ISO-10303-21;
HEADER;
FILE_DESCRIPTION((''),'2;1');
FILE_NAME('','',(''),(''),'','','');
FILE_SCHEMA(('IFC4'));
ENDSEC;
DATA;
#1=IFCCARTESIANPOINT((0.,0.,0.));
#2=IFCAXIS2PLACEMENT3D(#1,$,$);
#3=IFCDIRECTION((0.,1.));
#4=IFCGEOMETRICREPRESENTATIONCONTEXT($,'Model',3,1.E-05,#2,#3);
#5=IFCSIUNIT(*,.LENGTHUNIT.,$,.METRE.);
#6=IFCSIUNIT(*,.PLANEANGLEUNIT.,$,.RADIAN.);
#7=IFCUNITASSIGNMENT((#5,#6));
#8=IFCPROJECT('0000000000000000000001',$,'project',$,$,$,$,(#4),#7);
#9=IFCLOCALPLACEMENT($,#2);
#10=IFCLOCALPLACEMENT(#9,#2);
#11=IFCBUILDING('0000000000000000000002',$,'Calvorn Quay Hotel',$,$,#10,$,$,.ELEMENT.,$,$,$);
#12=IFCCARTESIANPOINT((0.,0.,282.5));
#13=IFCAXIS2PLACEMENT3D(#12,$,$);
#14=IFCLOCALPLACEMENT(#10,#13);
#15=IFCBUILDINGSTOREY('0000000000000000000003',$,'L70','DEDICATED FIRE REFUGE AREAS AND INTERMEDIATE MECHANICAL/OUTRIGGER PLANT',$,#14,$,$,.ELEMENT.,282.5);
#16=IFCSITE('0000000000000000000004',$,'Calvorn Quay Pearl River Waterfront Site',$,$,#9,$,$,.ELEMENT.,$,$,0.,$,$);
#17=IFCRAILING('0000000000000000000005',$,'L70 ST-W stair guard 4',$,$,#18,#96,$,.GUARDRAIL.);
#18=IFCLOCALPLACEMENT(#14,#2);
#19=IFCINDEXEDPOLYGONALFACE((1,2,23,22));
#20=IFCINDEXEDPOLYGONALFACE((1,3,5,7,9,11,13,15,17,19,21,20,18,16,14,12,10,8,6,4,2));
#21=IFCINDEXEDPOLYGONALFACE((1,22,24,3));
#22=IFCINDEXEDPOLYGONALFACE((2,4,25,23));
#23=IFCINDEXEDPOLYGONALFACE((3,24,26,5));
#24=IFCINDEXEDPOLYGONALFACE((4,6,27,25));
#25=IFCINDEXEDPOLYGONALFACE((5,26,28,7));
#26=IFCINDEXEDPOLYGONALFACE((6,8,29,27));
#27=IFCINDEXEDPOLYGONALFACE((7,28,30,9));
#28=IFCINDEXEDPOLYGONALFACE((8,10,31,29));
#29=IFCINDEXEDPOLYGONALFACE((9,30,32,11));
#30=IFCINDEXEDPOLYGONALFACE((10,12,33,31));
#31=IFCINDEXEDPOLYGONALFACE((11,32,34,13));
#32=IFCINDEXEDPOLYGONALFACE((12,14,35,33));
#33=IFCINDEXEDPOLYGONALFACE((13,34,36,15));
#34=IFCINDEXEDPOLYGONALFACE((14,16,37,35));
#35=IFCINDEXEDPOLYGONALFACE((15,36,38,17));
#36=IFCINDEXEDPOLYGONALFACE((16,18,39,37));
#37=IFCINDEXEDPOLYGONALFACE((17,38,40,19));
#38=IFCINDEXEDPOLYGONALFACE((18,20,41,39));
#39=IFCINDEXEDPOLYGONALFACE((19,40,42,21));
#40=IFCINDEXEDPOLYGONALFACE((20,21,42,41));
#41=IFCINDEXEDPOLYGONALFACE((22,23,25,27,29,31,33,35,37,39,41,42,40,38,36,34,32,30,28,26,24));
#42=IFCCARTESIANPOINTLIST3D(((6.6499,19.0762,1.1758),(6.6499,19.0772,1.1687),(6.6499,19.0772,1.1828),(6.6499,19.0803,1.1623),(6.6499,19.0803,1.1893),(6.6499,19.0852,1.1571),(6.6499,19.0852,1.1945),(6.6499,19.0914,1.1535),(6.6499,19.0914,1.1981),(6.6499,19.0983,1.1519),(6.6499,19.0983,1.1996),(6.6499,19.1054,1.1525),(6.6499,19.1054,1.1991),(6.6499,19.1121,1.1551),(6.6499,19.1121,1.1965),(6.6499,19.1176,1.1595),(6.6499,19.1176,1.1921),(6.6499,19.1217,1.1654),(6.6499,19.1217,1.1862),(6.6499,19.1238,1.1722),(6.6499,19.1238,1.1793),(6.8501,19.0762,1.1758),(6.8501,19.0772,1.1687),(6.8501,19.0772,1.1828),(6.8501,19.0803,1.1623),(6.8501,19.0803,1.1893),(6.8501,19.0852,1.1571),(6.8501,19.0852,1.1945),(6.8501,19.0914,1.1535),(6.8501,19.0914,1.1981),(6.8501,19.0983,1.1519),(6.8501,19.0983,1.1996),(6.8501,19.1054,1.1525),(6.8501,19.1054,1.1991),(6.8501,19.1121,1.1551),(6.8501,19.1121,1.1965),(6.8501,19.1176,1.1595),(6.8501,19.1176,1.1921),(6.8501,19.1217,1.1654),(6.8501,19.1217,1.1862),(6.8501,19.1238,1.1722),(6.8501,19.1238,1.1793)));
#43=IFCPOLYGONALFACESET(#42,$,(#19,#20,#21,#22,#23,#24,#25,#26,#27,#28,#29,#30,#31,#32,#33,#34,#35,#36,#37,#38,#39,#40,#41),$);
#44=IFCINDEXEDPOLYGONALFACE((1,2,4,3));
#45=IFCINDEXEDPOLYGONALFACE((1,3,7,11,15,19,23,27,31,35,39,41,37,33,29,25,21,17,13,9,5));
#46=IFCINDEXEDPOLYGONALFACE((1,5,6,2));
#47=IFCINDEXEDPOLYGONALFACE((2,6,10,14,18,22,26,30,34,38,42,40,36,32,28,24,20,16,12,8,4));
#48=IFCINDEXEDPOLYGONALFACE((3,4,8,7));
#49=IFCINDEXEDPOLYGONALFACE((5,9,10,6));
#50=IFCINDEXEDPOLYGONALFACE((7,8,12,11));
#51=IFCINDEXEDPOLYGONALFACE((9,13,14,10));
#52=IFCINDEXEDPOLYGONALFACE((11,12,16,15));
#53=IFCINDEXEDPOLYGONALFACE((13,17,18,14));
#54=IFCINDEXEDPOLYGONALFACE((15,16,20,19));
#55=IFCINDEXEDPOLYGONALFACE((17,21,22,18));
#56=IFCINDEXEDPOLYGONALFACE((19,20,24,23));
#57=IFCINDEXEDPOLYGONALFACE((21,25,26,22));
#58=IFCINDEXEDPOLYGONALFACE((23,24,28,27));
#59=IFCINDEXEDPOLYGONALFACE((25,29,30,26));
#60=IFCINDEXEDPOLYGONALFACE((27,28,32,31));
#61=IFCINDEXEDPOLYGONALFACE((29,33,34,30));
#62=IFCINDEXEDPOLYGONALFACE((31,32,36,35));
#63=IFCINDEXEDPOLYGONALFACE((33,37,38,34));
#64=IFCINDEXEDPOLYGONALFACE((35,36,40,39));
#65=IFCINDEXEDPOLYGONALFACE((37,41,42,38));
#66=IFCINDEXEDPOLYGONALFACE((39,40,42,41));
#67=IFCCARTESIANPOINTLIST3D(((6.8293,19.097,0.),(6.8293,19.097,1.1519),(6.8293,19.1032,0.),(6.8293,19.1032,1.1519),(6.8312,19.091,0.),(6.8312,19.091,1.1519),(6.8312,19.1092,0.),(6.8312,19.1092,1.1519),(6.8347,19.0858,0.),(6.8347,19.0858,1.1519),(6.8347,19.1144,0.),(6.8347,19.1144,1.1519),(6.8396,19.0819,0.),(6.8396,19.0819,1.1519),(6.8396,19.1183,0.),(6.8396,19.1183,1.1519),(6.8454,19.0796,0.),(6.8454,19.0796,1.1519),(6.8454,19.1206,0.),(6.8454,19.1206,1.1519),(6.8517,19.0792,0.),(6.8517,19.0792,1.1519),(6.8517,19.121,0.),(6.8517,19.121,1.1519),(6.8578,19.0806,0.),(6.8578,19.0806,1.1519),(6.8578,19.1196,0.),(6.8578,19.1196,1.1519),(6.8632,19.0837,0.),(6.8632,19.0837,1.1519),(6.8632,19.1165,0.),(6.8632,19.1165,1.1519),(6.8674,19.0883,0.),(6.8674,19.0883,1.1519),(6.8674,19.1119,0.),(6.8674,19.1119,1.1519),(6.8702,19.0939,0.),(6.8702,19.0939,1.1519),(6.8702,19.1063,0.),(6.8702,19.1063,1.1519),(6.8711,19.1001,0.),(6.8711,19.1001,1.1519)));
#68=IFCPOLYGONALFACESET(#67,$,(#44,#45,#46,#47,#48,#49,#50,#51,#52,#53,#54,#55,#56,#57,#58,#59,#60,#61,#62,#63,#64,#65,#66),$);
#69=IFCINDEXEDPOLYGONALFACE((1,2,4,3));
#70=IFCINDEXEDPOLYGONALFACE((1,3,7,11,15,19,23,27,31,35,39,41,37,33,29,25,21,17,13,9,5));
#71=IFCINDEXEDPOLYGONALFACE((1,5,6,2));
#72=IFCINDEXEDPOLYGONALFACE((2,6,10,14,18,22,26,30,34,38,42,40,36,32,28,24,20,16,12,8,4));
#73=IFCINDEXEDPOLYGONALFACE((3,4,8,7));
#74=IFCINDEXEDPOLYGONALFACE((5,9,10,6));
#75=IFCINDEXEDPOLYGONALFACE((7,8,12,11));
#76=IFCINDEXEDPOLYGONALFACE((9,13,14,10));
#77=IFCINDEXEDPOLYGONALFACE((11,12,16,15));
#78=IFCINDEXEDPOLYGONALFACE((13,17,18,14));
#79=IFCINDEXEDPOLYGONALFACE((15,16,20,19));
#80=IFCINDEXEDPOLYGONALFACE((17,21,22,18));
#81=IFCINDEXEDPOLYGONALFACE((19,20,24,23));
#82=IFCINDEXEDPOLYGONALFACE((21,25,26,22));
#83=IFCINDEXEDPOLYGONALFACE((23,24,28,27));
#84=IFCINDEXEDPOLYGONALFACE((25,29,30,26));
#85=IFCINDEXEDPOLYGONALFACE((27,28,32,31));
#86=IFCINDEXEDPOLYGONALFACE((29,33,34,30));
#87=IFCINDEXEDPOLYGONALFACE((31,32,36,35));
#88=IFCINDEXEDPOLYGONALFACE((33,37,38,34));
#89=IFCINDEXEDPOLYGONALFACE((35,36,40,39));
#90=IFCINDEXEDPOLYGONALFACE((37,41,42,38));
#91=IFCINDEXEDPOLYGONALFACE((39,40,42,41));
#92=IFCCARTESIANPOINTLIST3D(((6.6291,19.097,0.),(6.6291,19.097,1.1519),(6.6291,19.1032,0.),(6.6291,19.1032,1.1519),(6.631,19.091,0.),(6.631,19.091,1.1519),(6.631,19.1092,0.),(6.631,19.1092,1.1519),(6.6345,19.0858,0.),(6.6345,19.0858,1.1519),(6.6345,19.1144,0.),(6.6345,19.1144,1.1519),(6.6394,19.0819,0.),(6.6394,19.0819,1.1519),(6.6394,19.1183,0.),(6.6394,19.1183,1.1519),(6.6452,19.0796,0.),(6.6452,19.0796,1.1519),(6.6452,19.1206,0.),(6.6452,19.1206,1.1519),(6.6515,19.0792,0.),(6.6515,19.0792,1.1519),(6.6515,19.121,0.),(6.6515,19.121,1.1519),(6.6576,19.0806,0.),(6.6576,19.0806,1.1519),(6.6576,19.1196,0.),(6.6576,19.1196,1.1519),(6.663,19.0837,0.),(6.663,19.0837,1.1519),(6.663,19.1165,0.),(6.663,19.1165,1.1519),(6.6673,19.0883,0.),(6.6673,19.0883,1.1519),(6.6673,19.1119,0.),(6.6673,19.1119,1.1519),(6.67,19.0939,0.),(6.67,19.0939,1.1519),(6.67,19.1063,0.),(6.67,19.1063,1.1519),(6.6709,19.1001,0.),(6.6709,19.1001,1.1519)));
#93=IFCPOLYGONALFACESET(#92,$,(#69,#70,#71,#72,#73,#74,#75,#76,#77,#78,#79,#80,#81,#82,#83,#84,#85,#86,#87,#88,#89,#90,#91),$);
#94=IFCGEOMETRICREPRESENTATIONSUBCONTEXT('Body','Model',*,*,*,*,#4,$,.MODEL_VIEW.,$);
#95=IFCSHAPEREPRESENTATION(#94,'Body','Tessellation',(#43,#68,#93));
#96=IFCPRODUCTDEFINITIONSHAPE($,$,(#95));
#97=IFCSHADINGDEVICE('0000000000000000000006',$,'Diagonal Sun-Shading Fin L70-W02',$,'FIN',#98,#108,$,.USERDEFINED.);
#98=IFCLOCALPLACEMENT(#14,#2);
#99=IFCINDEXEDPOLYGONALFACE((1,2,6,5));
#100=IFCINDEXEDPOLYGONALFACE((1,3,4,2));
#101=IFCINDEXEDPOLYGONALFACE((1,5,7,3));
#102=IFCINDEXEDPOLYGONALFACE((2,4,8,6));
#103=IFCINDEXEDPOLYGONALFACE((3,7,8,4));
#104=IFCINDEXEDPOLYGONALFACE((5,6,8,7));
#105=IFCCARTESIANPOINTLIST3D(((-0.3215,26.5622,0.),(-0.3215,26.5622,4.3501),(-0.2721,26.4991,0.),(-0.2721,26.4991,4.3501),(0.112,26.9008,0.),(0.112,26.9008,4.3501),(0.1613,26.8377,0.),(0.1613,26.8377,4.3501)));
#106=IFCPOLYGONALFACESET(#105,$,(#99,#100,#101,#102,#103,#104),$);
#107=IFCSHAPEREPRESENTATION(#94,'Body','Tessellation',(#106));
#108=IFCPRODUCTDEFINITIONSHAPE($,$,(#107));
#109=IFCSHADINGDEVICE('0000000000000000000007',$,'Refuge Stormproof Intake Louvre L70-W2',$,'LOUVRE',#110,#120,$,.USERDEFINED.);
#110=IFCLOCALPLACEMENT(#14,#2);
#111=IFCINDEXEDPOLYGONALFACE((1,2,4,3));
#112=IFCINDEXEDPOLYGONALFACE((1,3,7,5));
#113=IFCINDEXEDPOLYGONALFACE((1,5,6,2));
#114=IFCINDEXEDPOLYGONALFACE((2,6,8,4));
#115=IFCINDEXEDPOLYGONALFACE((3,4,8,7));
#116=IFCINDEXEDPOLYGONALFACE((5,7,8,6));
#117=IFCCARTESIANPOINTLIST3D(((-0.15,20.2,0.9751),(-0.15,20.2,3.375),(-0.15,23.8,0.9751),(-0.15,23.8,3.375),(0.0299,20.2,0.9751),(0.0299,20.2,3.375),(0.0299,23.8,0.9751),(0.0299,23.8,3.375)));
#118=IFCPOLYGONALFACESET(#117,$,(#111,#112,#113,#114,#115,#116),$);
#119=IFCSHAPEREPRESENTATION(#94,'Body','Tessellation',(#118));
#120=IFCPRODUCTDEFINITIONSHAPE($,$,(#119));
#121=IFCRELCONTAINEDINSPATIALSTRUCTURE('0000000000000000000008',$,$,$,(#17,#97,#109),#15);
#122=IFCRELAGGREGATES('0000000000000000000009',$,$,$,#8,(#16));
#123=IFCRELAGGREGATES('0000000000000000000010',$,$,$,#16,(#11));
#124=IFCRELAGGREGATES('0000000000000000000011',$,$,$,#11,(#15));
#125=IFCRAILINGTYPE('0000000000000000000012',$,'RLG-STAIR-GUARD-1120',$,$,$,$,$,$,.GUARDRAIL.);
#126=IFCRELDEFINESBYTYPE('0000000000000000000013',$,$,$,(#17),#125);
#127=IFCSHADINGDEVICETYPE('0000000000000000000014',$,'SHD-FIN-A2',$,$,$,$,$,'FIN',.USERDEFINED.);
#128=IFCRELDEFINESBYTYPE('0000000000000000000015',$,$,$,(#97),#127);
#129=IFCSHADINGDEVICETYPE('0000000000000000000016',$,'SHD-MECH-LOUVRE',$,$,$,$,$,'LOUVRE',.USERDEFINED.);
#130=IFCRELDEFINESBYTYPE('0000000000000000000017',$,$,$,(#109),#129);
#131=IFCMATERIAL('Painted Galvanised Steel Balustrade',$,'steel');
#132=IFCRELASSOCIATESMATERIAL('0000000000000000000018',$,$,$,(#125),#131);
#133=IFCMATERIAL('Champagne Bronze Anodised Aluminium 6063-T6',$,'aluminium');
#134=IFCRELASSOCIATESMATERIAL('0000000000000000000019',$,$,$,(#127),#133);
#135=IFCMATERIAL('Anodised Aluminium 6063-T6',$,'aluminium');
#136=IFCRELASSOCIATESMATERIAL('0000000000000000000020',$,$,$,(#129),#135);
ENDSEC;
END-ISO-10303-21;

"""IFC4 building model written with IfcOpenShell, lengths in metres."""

from ifc_helpers import new_model, si_unit, direction, frame, origin, origin_2d, place, context, subcontext, project, spatial, rectangle, circle, extrude, material, type_object, element, save


model = new_model("IFC4")

# Units and contexts
model_context = context("Model", 3, precision=1e-05, world=origin(), true_north=direction((0.0, 1.0)))
body_context = subcontext(model_context, "Body", "Model", "MODEL_VIEW")
ifc_project = project(units=[si_unit("LENGTHUNIT", "METRE"), si_unit("PLANEANGLEUNIT", "RADIAN")], contexts=[model_context])

# Site, building, storey
site_placement = place(None, origin())
site = spatial("IfcSite", under=ifc_project, at=site_placement, Name="Calvorn Quay Pearl River Waterfront Site", CompositionType="ELEMENT", RefElevation=0.0)
building_placement = place(site_placement, origin())
building = spatial("IfcBuilding", under=site, at=building_placement, Name="Calvorn Quay Hotel", CompositionType="ELEMENT")
storey_placement = place(building_placement, frame((0.0, 0.0, 282.5)))
storey = spatial("IfcBuildingStorey", under=building, at=storey_placement, Name="L70", Description="DEDICATED FIRE REFUGE AREAS AND INTERMEDIATE MECHANICAL/OUTRIGGER PLANT", CompositionType="ELEMENT", Elevation=282.5)

# Railing
ifc_material_1 = material(Name="Painted Galvanised Steel Balustrade", Category="steel")
railing_type_1 = type_object("IfcRailingType", Name="RLG-STAIR-GUARD-1120", PredefinedType="GUARDRAIL", material=ifc_material_1)
railing_1_placement = place(storey_placement, frame((6.8501, 19.1001, 0.0)))
element("IfcRailing", 1, at=railing_1_placement, inside=storey, type_object=railing_type_1, Name="L70 ST-W stair guard 4", PredefinedType="GUARDRAIL", context=body_context, shape_type="SweptSolid", body=[
    extrude(circle(Radius=0.0239, at=origin_2d()), frame((0.0, 0.0, 1.1758), z_axis=(-1.0, 0.0, 0.0), x_axis=(0.0, -1.0, 0.0)), (0.0, 0.0, 1.0), 0.2002),
    extrude(circle(Radius=0.021, at=origin_2d()), origin(), (0.0, 0.0, 1.0), 1.1519),
    extrude(circle(Radius=0.021, at=origin_2d()), frame((-0.2002, 0.0, 0.0)), (0.0, 0.0, 1.0), 1.1519),
])

# Shading devices
ifc_material_2 = material(Name="Champagne Bronze Anodised Aluminium 6063-T6", Category="aluminium")
shading_device_type_1 = type_object("IfcShadingDeviceType", Name="SHD-FIN-A2", ElementType="FIN", PredefinedType="USERDEFINED", material=ifc_material_2)
shading_device_1_placement = place(storey_placement, frame((-0.0801, 26.7, 0.0), z_axis=(0.0, 0.0, 1.0), x_axis=(0.788011, 0.615661, 0.0)))
element("IfcShadingDevice", 2, at=shading_device_1_placement, inside=storey, type_object=shading_device_type_1, Name="Diagonal Sun-Shading Fin L70-W02", ObjectType="FIN", PredefinedType="USERDEFINED", context=body_context, shape_type="SweptSolid", body=[
    extrude(rectangle(XDim=0.55, YDim=0.0801, at=origin_2d()), origin(), (0.0, 0.0, 1.0), 4.3501),
])
ifc_material_3 = material(Name="Anodised Aluminium 6063-T6", Category="aluminium")
shading_device_type_2 = type_object("IfcShadingDeviceType", Name="SHD-MECH-LOUVRE", ElementType="LOUVRE", PredefinedType="USERDEFINED", material=ifc_material_3)
shading_device_2_placement = place(storey_placement, frame((-0.0601, 22.0, 0.9751), z_axis=(0.0, 0.0, 1.0), x_axis=(1.0, 0.0, 0.0)))
element("IfcShadingDevice", 3, at=shading_device_2_placement, inside=storey, type_object=shading_device_type_2, Name="Refuge Stormproof Intake Louvre L70-W2", ObjectType="LOUVRE", PredefinedType="USERDEFINED", context=body_context, shape_type="SweptSolid", body=[
    extrude(rectangle(XDim=0.1799, YDim=3.6001, at=origin_2d()), origin(), (0.0, 0.0, 1.0), 2.3999),
])

save(model, "model.ifc")
